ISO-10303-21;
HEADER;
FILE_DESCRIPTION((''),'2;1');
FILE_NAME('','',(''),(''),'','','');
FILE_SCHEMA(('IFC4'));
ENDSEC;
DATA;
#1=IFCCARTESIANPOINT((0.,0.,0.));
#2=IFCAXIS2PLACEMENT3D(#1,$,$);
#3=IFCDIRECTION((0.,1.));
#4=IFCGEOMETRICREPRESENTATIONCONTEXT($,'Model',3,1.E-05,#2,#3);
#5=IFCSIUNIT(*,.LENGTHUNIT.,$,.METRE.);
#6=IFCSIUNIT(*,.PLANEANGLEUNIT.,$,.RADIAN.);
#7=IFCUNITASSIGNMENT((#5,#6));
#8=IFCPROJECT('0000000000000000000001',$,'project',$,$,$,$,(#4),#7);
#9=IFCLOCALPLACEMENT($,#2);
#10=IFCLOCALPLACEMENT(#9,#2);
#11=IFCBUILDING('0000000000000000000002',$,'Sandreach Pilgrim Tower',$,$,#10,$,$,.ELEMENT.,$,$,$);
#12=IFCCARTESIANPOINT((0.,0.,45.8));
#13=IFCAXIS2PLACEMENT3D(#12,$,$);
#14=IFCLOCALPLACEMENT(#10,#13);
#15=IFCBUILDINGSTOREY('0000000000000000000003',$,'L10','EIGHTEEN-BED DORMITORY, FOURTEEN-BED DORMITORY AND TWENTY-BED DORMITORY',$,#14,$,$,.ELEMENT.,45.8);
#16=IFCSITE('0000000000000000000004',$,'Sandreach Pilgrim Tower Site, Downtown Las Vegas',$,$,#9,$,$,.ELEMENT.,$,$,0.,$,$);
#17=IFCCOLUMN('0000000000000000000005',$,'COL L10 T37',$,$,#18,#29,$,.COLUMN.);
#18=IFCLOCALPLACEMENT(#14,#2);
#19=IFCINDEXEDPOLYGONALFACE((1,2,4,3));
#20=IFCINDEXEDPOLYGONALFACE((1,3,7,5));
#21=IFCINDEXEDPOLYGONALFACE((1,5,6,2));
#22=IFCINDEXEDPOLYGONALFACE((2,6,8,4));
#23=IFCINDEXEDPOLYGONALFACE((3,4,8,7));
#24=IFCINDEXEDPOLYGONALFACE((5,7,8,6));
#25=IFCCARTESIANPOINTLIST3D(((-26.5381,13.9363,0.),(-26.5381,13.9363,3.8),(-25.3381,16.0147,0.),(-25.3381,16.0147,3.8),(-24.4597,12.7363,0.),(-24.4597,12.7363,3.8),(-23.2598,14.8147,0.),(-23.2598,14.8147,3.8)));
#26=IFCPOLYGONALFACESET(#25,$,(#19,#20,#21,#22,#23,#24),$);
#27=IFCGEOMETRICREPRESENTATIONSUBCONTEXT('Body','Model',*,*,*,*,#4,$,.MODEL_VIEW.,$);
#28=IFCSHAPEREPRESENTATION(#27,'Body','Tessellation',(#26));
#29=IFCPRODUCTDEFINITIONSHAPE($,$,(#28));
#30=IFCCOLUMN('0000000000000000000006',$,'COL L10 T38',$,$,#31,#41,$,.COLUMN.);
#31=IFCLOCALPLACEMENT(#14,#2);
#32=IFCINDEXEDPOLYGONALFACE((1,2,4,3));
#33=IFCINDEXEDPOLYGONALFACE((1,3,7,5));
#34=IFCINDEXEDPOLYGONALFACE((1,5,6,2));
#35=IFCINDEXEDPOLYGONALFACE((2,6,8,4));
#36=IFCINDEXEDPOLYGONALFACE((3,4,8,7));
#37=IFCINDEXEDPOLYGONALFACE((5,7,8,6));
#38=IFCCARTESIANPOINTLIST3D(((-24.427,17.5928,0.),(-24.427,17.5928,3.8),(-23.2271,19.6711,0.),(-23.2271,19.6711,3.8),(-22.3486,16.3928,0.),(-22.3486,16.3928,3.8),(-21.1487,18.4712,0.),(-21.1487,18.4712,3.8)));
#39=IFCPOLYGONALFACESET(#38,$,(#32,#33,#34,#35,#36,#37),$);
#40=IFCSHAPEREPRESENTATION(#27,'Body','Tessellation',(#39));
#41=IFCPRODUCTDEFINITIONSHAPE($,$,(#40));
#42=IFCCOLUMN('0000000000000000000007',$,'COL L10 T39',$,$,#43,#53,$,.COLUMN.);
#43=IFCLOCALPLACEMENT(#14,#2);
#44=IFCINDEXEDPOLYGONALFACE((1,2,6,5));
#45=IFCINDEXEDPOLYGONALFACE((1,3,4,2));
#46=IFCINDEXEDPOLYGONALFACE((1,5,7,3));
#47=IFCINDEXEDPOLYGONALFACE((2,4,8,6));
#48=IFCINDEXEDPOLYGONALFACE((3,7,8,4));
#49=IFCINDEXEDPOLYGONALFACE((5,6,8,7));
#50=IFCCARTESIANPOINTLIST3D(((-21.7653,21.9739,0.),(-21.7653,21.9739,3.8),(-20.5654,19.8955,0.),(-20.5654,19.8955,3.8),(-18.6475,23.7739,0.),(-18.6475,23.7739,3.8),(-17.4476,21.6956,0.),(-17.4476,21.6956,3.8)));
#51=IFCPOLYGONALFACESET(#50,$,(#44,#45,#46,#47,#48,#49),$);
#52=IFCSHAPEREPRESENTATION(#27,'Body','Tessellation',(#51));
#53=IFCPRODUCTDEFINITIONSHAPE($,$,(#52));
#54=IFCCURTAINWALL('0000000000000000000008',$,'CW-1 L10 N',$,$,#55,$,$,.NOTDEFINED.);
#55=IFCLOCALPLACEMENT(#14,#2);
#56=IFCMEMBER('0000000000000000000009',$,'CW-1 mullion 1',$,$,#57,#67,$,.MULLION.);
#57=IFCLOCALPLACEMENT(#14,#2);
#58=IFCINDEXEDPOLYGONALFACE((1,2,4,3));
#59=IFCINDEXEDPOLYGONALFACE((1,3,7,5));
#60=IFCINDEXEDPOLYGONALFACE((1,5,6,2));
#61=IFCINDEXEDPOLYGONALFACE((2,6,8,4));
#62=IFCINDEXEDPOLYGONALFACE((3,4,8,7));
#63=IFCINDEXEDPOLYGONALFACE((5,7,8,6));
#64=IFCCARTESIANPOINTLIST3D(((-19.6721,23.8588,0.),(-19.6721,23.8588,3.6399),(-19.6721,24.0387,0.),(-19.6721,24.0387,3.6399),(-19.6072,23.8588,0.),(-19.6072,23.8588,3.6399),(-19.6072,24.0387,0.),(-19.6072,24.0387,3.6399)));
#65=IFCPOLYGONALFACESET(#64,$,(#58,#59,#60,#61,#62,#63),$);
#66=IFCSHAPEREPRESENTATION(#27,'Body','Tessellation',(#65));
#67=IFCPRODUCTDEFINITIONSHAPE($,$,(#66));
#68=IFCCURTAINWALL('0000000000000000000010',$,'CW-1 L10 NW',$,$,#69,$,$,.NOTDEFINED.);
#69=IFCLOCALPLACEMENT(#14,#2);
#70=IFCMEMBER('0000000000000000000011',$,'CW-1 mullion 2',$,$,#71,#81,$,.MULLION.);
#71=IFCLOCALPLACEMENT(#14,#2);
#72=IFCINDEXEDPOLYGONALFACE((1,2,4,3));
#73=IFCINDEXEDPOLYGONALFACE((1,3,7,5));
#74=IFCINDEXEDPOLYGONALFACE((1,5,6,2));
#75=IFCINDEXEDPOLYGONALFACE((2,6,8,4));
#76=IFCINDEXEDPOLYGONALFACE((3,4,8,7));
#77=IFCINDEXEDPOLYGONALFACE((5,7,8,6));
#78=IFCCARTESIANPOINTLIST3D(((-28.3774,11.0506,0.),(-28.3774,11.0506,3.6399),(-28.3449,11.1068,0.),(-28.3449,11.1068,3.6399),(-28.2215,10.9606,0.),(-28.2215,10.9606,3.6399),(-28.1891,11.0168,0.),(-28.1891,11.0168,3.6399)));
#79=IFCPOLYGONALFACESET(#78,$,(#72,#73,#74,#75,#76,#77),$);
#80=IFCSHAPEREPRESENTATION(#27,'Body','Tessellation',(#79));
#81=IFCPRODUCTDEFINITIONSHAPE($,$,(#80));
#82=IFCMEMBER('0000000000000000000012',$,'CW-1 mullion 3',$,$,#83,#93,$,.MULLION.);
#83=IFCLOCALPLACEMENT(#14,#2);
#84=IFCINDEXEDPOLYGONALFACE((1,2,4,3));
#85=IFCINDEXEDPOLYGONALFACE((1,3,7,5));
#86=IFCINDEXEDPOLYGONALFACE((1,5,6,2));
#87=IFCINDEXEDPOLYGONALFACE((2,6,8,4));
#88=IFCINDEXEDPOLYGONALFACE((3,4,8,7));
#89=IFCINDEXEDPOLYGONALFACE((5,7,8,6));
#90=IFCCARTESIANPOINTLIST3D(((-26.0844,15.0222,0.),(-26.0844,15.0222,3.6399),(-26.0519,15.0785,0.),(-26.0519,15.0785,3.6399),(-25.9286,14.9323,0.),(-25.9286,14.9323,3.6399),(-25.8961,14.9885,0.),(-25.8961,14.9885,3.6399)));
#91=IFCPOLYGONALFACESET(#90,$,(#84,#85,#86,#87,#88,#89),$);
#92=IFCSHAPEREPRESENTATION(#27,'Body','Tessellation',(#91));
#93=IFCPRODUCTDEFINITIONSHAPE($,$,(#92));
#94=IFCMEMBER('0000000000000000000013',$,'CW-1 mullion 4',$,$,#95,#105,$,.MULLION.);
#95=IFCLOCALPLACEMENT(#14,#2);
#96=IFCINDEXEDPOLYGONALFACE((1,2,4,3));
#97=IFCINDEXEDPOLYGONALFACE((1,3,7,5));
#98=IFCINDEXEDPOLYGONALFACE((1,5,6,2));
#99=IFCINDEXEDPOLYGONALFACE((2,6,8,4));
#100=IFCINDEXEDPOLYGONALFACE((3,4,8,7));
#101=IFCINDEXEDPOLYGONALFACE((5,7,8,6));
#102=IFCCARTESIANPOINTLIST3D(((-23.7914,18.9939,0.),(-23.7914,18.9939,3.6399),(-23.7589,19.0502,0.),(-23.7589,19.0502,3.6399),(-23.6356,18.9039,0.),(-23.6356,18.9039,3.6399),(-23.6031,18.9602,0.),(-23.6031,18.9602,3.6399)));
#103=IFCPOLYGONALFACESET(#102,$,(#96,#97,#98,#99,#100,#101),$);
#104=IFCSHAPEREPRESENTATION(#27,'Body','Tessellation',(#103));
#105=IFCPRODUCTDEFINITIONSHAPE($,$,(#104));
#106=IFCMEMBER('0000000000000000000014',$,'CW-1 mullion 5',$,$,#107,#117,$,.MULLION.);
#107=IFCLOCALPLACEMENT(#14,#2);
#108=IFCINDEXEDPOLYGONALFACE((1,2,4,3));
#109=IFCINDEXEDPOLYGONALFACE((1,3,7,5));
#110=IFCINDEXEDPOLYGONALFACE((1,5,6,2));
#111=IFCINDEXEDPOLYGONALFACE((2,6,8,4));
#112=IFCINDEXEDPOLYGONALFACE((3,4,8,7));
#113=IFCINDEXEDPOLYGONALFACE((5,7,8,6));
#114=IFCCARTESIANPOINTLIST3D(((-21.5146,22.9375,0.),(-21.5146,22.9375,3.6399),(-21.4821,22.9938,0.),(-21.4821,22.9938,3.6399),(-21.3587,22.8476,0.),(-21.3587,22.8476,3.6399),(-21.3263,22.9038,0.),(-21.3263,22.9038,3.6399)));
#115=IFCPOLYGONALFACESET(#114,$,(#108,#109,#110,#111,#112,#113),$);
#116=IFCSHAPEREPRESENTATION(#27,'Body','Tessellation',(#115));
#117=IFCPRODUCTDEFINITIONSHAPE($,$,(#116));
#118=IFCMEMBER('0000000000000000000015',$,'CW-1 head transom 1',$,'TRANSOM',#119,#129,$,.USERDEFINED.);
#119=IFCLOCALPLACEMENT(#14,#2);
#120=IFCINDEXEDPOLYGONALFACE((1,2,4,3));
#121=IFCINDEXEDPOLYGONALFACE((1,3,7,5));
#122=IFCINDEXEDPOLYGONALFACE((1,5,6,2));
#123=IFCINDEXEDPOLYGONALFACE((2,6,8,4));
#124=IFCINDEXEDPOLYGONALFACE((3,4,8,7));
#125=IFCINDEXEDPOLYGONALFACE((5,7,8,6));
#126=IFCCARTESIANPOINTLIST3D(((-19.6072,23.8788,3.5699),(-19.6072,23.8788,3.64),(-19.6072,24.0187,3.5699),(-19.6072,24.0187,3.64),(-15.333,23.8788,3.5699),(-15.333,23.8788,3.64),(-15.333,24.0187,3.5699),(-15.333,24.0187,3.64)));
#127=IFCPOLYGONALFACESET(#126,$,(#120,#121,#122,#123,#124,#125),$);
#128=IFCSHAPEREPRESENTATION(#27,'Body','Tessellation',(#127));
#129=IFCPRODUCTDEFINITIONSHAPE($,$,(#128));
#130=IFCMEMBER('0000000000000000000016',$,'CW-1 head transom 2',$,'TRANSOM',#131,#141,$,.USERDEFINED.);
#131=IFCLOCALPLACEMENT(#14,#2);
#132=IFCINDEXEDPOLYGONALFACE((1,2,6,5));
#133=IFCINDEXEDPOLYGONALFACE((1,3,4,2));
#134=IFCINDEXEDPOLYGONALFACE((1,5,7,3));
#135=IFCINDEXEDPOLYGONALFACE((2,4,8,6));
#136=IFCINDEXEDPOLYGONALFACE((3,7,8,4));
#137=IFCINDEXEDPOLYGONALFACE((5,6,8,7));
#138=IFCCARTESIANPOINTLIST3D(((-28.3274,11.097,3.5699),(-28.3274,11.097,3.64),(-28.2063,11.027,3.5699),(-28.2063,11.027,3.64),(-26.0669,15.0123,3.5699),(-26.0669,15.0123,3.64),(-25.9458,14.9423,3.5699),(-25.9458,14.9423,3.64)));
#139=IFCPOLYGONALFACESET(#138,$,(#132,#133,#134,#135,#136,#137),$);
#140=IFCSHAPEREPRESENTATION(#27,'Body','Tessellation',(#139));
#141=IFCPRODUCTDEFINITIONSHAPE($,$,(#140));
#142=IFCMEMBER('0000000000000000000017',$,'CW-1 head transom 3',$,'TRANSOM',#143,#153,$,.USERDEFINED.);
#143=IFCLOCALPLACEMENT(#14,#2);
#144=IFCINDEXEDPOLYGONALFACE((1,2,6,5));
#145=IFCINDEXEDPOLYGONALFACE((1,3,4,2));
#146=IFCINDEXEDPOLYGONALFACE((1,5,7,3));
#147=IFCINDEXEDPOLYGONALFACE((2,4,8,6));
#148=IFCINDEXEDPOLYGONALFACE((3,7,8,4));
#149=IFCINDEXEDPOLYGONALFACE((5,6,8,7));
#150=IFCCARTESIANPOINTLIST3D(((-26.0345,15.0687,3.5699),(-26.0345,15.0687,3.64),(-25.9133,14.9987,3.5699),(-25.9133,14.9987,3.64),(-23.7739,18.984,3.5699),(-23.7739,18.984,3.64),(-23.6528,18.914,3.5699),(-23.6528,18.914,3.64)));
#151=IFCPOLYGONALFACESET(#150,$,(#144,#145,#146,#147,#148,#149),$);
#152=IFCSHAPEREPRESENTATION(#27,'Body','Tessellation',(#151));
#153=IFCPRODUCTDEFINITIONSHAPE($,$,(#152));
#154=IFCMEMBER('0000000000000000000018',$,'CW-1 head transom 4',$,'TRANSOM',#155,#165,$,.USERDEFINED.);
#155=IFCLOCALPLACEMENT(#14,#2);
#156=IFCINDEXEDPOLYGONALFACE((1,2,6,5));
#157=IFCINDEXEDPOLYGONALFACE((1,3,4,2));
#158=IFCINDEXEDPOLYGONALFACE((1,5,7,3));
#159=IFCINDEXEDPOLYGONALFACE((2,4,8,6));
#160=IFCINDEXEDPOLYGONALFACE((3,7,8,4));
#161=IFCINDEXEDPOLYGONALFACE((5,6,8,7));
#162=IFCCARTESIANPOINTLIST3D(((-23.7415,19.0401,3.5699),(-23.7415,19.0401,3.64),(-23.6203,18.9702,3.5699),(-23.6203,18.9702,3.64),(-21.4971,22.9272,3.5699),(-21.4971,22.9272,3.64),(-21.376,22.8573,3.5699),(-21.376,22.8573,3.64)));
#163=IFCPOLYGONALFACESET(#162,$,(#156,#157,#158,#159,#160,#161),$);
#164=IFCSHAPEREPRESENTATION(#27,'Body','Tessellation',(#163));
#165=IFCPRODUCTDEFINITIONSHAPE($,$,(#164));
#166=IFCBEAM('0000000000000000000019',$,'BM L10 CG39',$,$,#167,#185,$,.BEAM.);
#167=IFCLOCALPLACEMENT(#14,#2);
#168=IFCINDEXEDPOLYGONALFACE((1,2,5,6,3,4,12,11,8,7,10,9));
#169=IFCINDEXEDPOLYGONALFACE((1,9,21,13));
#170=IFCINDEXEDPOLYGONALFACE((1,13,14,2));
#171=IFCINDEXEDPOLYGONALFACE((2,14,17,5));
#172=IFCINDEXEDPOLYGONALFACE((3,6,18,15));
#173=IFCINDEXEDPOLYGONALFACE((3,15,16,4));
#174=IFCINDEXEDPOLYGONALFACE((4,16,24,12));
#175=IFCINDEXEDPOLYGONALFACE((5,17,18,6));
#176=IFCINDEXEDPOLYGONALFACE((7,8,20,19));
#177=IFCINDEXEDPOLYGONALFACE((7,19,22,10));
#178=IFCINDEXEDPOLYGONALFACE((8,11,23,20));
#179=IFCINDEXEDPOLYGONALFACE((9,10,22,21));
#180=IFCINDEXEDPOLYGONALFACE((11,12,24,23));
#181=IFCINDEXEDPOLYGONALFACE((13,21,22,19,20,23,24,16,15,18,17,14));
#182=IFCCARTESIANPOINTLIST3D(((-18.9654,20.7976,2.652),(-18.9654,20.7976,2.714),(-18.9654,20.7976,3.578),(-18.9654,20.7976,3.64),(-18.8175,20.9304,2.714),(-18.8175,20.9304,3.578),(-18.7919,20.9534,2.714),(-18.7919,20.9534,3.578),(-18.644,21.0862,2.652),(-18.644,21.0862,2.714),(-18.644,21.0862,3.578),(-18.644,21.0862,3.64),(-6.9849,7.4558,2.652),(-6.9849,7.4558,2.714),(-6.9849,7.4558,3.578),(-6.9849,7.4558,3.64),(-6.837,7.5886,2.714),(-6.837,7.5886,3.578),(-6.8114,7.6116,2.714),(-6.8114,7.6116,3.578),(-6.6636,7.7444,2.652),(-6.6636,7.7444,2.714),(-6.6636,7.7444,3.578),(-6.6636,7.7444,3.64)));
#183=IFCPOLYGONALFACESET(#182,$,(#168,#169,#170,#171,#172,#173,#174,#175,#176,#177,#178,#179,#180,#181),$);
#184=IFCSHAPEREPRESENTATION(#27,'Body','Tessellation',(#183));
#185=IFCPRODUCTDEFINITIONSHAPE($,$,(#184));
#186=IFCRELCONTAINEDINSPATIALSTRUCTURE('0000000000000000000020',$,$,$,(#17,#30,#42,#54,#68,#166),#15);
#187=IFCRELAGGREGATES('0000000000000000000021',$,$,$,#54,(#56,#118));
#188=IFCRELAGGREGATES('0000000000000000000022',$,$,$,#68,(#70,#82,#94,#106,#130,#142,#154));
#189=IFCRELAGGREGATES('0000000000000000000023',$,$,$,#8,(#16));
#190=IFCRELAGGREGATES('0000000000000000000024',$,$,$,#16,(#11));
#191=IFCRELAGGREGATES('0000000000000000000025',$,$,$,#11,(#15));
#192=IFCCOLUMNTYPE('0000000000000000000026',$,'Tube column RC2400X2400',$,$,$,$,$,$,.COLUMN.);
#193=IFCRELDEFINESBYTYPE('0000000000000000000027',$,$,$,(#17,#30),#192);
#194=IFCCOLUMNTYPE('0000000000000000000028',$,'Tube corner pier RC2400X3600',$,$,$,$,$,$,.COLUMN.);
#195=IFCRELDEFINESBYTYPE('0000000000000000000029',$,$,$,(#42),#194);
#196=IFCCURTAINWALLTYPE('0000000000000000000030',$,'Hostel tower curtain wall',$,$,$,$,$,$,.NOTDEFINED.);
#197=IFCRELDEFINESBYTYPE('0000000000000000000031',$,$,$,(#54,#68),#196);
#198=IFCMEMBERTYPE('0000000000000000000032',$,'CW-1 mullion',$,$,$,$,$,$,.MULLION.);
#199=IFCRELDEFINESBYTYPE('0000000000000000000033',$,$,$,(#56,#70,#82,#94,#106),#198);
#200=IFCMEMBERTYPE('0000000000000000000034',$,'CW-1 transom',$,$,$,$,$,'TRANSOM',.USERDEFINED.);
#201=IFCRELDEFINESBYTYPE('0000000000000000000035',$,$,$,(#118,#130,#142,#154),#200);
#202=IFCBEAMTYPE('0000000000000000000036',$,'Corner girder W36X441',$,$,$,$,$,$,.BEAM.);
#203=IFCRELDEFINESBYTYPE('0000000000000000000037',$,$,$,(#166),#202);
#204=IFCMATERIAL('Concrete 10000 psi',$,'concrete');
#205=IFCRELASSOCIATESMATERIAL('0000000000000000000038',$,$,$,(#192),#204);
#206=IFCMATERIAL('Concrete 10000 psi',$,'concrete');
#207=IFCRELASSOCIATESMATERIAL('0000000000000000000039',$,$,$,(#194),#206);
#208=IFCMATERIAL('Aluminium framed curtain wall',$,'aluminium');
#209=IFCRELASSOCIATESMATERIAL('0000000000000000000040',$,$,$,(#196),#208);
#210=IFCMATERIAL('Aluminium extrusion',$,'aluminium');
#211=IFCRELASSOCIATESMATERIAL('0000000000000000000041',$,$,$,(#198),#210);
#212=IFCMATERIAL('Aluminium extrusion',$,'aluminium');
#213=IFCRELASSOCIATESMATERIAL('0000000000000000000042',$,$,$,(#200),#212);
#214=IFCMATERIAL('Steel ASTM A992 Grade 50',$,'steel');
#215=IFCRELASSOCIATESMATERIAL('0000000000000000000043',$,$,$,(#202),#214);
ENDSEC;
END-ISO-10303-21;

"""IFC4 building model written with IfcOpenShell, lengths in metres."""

from ifc_helpers import new_model, si_unit, direction, frame, origin, origin_2d, place, context, subcontext, project, spatial, rectangle, i_section, extrude, material, material_profile, profile_set, type_object, element, aggregate, save


model = new_model("IFC4")

# Units and contexts
model_context = context("Model", 3, precision=1e-05, world=origin(), true_north=direction((0.0, 1.0)))
body_context = subcontext(model_context, "Body", "Model", "MODEL_VIEW")
ifc_project = project(units=[si_unit("LENGTHUNIT", "METRE"), si_unit("PLANEANGLEUNIT", "RADIAN")], contexts=[model_context])

# Site, building, storey
site_placement = place(None, origin())
site = spatial("IfcSite", under=ifc_project, at=site_placement, Name="Sandreach Pilgrim Tower Site, Downtown Las Vegas", CompositionType="ELEMENT", RefElevation=0.0)
building_placement = place(site_placement, origin())
building = spatial("IfcBuilding", under=site, at=building_placement, Name="Sandreach Pilgrim Tower", CompositionType="ELEMENT")
storey_placement = place(building_placement, frame((0.0, 0.0, 45.8)))
storey = spatial("IfcBuildingStorey", under=building, at=storey_placement, Name="L10", Description="EIGHTEEN-BED DORMITORY, FOURTEEN-BED DORMITORY AND TWENTY-BED DORMITORY", CompositionType="ELEMENT", Elevation=45.8)

# Columns
ifc_material_1 = material(Name="Concrete 10000 psi", Category="concrete")
ifc_material_profile_1 = material_profile(ifc_material_1, rectangle(XDim=2.3999, YDim=2.3999, at=origin_2d()), Name="RC2400X2400")
ifc_profile_set_1 = profile_set([ifc_material_profile_1], Name="Concrete 10000 psi")
column_type_1 = type_object("IfcColumnType", Name="Tube column RC2400X2400", PredefinedType="COLUMN", material=ifc_profile_set_1)
for number, where, z_axis, x_axis, name in (
    (1, (-24.8989, 14.3755, 0.0), (0.0, 0.0, 1.0), (-0.866025, 0.5, 0.0), "COL L10 T37"),
    (2, (-22.7878, 18.032, 0.0), (0.0, 0.0, 1.0), (-0.866025, 0.5, 0.0), "COL L10 T38"),
):
    element("IfcColumn", number, at=place(storey_placement, frame(where, z_axis=z_axis, x_axis=x_axis)), inside=storey, type_object=column_type_1, Name=name, PredefinedType="COLUMN", context=body_context, shape_type="SweptSolid", body=[
        extrude(rectangle(XDim=2.3999, YDim=2.3999, at=origin_2d()), origin(), (0.0, 0.0, 1.0), 3.8),
    ])
ifc_material_2 = material(Name="Concrete 10000 psi", Category="concrete")
ifc_material_profile_2 = material_profile(ifc_material_2, rectangle(XDim=2.3999, YDim=3.6001, at=origin_2d()), Name="RC2400X3600")
ifc_profile_set_2 = profile_set([ifc_material_profile_2], Name="Concrete 10000 psi")
column_type_2 = type_object("IfcColumnType", Name="Tube corner pier RC2400X3600", PredefinedType="COLUMN", material=ifc_profile_set_2)
column_placement = place(storey_placement, frame((-19.6064, 21.8347, 0.0), z_axis=(0.0, 0.0, 1.0), x_axis=(-0.5, 0.866025, 0.0)))
element("IfcColumn", 3, at=column_placement, inside=storey, type_object=column_type_2, Name="COL L10 T39", PredefinedType="COLUMN", context=body_context, shape_type="SweptSolid", body=[
    extrude(rectangle(XDim=2.3999, YDim=3.6001, at=origin_2d()), origin(), (0.0, 0.0, 1.0), 3.8),
])

# Curtain wall, member
ifc_material_3 = material(Name="Aluminium framed curtain wall", Category="aluminium")
curtain_wall_type = type_object("IfcCurtainWallType", Name="Hostel tower curtain wall", PredefinedType="NOTDEFINED", material=ifc_material_3)
curtain_wall_1_placement = place(storey_placement, origin())
curtain_wall_1 = element("IfcCurtainWall", 4, at=curtain_wall_1_placement, inside=storey, type_object=curtain_wall_type, Name="CW-1 L10 N", PredefinedType="NOTDEFINED")
ifc_material_4 = material(Name="Aluminium extrusion", Category="aluminium")
ifc_material_profile_3 = material_profile(ifc_material_4, rectangle(XDim=0.0649, YDim=0.1799, at=origin_2d()), Name="CW-1M 65X180")
ifc_profile_set_3 = profile_set([ifc_material_profile_3], Name="Aluminium extrusion")
member_type_1 = type_object("IfcMemberType", Name="CW-1 mullion", PredefinedType="MULLION", material=ifc_profile_set_3)
member_1_placement = place(storey_placement, frame((-19.6396, 23.9487, 0.0), z_axis=(0.0, 0.0, 1.0), x_axis=(1.0, 0.0, 0.0)))
member_1 = element("IfcMember", 5, at=member_1_placement, type_object=member_type_1, Name="CW-1 mullion 1", PredefinedType="MULLION", context=body_context, shape_type="SweptSolid", body=[
    extrude(rectangle(XDim=0.0649, YDim=0.1799, at=origin_2d()), origin(), (0.0, 0.0, 1.0), 3.6399),
])

# Curtain wall, members
curtain_wall_2_placement = place(storey_placement, origin())
curtain_wall_2 = element("IfcCurtainWall", 6, at=curtain_wall_2_placement, inside=storey, type_object=curtain_wall_type, Name="CW-1 L10 NW", PredefinedType="NOTDEFINED")
member_2_placement = place(storey_placement, frame((-28.2832, 11.0337, 0.0), z_axis=(0.0, 0.0, 1.0), x_axis=(0.5, 0.866025, 0.0)))
member_2 = element("IfcMember", 7, at=member_2_placement, type_object=member_type_1, Name="CW-1 mullion 2", PredefinedType="MULLION", context=body_context, shape_type="SweptSolid", body=[
    extrude(rectangle(XDim=0.0649, YDim=0.1799, at=origin_2d()), origin(), (0.0, 0.0, 1.0), 3.6399),
])
member_3_placement = place(storey_placement, frame((-25.9902, 15.0054, 0.0), z_axis=(0.0, 0.0, 1.0), x_axis=(0.5, 0.866025, 0.0)))
member_3 = element("IfcMember", 8, at=member_3_placement, type_object=member_type_1, Name="CW-1 mullion 3", PredefinedType="MULLION", context=body_context, shape_type="SweptSolid", body=[
    extrude(rectangle(XDim=0.0649, YDim=0.1799, at=origin_2d()), origin(), (0.0, 0.0, 1.0), 3.6399),
])
member_4_placement = place(storey_placement, frame((-23.6973, 18.9771, 0.0), z_axis=(0.0, 0.0, 1.0), x_axis=(0.5, 0.866025, 0.0)))
member_4 = element("IfcMember", 9, at=member_4_placement, type_object=member_type_1, Name="CW-1 mullion 4", PredefinedType="MULLION", context=body_context, shape_type="SweptSolid", body=[
    extrude(rectangle(XDim=0.0649, YDim=0.1799, at=origin_2d()), origin(), (0.0, 0.0, 1.0), 3.6399),
])
member_5_placement = place(storey_placement, frame((-21.4204, 22.9207, 0.0), z_axis=(0.0, 0.0, 1.0), x_axis=(0.5, 0.866025, 0.0)))
member_5 = element("IfcMember", 10, at=member_5_placement, type_object=member_type_1, Name="CW-1 mullion 5", PredefinedType="MULLION", context=body_context, shape_type="SweptSolid", body=[
    extrude(rectangle(XDim=0.0649, YDim=0.1799, at=origin_2d()), origin(), (0.0, 0.0, 1.0), 3.6399),
])

# Members
ifc_material_5 = material(Name="Aluminium extrusion", Category="aluminium")
ifc_material_profile_4 = material_profile(ifc_material_5, rectangle(XDim=0.1399, YDim=0.0701, at=origin_2d()), Name="CW-1T 140X70")
ifc_profile_set_4 = profile_set([ifc_material_profile_4], Name="Aluminium extrusion")
member_type_2 = type_object("IfcMemberType", Name="CW-1 transom", ElementType="TRANSOM", PredefinedType="USERDEFINED", material=ifc_profile_set_4)
member_6_placement = place(storey_placement, frame((-19.6072, 23.9487, 3.605), z_axis=(1.0, 0.0, 0.0), x_axis=(0.0, 1.0, 0.0)))
member_6 = element("IfcMember", 11, at=member_6_placement, type_object=member_type_2, Name="CW-1 head transom 1", ObjectType="TRANSOM", PredefinedType="USERDEFINED", context=body_context, shape_type="SweptSolid", body=[
    extrude(rectangle(XDim=0.1399, YDim=0.0701, at=origin_2d()), origin(), (0.0, 0.0, 1.0), 4.2742),
])
member_7_placement = place(storey_placement, frame((-28.2668, 11.062, 3.605), z_axis=(0.500001, 0.866025, 0.0), x_axis=(-0.866025, 0.500001, 0.0)))
member_7 = element("IfcMember", 12, at=member_7_placement, type_object=member_type_2, Name="CW-1 head transom 2", ObjectType="TRANSOM", PredefinedType="USERDEFINED", context=body_context, shape_type="SweptSolid", body=[
    extrude(rectangle(XDim=0.1399, YDim=0.0701, at=origin_2d()), origin(), (0.0, 0.0, 1.0), 4.521),
])
member_8_placement = place(storey_placement, frame((-25.9739, 15.0337, 3.605), z_axis=(0.500001, 0.866025, 0.0), x_axis=(-0.866025, 0.500001, 0.0)))
member_8 = element("IfcMember", 13, at=member_8_placement, type_object=member_type_2, Name="CW-1 head transom 3", ObjectType="TRANSOM", PredefinedType="USERDEFINED", context=body_context, shape_type="SweptSolid", body=[
    extrude(rectangle(XDim=0.1399, YDim=0.0701, at=origin_2d()), origin(), (0.0, 0.0, 1.0), 4.521),
])
member_9_placement = place(storey_placement, frame((-23.6809, 19.0051, 3.605), z_axis=(0.500018, 0.866015, 0.0), x_axis=(-0.866015, 0.500018, 0.0)))
member_9 = element("IfcMember", 14, at=member_9_placement, type_object=member_type_2, Name="CW-1 head transom 4", ObjectType="TRANSOM", PredefinedType="USERDEFINED", context=body_context, shape_type="SweptSolid", body=[
    extrude(rectangle(XDim=0.1399, YDim=0.0701, at=origin_2d()), origin(), (0.0, 0.0, 1.0), 4.4885),
])

# Beam
ifc_material_6 = material(Name="Steel ASTM A992 Grade 50", Category="steel")
ifc_material_profile_5 = material_profile(ifc_material_6, i_section(OverallWidth=0.4319, OverallDepth=0.988, WebThickness=0.0344, FlangeThickness=0.062, at=origin_2d()), Name="W36X441")
ifc_profile_set_5 = profile_set([ifc_material_profile_5], Name="Steel ASTM A992 Grade 50")
beam_type_1 = type_object("IfcBeamType", Name="Corner girder W36X441", PredefinedType="BEAM", material=ifc_profile_set_5)
beam_1_placement = place(storey_placement, frame((-18.8047, 20.9419, 3.146), z_axis=(0.668128, -0.744047, 0.0), x_axis=(0.744047, 0.668128, 0.0)))
element("IfcBeam", 15, at=beam_1_placement, inside=storey, type_object=beam_type_1, Name="BM L10 CG39", PredefinedType="BEAM", context=body_context, shape_type="SweptSolid", body=[
    extrude(i_section(OverallWidth=0.4319, OverallDepth=0.988, WebThickness=0.0344, FlangeThickness=0.062, at=origin_2d()), origin(), (0.0, 0.0, 1.0), 17.9314),
])

aggregate(curtain_wall_1, [member_1, member_6])
aggregate(curtain_wall_2, [member_2, member_3, member_4, member_5, member_7, member_8, member_9])

save(model, "model.ifc")
